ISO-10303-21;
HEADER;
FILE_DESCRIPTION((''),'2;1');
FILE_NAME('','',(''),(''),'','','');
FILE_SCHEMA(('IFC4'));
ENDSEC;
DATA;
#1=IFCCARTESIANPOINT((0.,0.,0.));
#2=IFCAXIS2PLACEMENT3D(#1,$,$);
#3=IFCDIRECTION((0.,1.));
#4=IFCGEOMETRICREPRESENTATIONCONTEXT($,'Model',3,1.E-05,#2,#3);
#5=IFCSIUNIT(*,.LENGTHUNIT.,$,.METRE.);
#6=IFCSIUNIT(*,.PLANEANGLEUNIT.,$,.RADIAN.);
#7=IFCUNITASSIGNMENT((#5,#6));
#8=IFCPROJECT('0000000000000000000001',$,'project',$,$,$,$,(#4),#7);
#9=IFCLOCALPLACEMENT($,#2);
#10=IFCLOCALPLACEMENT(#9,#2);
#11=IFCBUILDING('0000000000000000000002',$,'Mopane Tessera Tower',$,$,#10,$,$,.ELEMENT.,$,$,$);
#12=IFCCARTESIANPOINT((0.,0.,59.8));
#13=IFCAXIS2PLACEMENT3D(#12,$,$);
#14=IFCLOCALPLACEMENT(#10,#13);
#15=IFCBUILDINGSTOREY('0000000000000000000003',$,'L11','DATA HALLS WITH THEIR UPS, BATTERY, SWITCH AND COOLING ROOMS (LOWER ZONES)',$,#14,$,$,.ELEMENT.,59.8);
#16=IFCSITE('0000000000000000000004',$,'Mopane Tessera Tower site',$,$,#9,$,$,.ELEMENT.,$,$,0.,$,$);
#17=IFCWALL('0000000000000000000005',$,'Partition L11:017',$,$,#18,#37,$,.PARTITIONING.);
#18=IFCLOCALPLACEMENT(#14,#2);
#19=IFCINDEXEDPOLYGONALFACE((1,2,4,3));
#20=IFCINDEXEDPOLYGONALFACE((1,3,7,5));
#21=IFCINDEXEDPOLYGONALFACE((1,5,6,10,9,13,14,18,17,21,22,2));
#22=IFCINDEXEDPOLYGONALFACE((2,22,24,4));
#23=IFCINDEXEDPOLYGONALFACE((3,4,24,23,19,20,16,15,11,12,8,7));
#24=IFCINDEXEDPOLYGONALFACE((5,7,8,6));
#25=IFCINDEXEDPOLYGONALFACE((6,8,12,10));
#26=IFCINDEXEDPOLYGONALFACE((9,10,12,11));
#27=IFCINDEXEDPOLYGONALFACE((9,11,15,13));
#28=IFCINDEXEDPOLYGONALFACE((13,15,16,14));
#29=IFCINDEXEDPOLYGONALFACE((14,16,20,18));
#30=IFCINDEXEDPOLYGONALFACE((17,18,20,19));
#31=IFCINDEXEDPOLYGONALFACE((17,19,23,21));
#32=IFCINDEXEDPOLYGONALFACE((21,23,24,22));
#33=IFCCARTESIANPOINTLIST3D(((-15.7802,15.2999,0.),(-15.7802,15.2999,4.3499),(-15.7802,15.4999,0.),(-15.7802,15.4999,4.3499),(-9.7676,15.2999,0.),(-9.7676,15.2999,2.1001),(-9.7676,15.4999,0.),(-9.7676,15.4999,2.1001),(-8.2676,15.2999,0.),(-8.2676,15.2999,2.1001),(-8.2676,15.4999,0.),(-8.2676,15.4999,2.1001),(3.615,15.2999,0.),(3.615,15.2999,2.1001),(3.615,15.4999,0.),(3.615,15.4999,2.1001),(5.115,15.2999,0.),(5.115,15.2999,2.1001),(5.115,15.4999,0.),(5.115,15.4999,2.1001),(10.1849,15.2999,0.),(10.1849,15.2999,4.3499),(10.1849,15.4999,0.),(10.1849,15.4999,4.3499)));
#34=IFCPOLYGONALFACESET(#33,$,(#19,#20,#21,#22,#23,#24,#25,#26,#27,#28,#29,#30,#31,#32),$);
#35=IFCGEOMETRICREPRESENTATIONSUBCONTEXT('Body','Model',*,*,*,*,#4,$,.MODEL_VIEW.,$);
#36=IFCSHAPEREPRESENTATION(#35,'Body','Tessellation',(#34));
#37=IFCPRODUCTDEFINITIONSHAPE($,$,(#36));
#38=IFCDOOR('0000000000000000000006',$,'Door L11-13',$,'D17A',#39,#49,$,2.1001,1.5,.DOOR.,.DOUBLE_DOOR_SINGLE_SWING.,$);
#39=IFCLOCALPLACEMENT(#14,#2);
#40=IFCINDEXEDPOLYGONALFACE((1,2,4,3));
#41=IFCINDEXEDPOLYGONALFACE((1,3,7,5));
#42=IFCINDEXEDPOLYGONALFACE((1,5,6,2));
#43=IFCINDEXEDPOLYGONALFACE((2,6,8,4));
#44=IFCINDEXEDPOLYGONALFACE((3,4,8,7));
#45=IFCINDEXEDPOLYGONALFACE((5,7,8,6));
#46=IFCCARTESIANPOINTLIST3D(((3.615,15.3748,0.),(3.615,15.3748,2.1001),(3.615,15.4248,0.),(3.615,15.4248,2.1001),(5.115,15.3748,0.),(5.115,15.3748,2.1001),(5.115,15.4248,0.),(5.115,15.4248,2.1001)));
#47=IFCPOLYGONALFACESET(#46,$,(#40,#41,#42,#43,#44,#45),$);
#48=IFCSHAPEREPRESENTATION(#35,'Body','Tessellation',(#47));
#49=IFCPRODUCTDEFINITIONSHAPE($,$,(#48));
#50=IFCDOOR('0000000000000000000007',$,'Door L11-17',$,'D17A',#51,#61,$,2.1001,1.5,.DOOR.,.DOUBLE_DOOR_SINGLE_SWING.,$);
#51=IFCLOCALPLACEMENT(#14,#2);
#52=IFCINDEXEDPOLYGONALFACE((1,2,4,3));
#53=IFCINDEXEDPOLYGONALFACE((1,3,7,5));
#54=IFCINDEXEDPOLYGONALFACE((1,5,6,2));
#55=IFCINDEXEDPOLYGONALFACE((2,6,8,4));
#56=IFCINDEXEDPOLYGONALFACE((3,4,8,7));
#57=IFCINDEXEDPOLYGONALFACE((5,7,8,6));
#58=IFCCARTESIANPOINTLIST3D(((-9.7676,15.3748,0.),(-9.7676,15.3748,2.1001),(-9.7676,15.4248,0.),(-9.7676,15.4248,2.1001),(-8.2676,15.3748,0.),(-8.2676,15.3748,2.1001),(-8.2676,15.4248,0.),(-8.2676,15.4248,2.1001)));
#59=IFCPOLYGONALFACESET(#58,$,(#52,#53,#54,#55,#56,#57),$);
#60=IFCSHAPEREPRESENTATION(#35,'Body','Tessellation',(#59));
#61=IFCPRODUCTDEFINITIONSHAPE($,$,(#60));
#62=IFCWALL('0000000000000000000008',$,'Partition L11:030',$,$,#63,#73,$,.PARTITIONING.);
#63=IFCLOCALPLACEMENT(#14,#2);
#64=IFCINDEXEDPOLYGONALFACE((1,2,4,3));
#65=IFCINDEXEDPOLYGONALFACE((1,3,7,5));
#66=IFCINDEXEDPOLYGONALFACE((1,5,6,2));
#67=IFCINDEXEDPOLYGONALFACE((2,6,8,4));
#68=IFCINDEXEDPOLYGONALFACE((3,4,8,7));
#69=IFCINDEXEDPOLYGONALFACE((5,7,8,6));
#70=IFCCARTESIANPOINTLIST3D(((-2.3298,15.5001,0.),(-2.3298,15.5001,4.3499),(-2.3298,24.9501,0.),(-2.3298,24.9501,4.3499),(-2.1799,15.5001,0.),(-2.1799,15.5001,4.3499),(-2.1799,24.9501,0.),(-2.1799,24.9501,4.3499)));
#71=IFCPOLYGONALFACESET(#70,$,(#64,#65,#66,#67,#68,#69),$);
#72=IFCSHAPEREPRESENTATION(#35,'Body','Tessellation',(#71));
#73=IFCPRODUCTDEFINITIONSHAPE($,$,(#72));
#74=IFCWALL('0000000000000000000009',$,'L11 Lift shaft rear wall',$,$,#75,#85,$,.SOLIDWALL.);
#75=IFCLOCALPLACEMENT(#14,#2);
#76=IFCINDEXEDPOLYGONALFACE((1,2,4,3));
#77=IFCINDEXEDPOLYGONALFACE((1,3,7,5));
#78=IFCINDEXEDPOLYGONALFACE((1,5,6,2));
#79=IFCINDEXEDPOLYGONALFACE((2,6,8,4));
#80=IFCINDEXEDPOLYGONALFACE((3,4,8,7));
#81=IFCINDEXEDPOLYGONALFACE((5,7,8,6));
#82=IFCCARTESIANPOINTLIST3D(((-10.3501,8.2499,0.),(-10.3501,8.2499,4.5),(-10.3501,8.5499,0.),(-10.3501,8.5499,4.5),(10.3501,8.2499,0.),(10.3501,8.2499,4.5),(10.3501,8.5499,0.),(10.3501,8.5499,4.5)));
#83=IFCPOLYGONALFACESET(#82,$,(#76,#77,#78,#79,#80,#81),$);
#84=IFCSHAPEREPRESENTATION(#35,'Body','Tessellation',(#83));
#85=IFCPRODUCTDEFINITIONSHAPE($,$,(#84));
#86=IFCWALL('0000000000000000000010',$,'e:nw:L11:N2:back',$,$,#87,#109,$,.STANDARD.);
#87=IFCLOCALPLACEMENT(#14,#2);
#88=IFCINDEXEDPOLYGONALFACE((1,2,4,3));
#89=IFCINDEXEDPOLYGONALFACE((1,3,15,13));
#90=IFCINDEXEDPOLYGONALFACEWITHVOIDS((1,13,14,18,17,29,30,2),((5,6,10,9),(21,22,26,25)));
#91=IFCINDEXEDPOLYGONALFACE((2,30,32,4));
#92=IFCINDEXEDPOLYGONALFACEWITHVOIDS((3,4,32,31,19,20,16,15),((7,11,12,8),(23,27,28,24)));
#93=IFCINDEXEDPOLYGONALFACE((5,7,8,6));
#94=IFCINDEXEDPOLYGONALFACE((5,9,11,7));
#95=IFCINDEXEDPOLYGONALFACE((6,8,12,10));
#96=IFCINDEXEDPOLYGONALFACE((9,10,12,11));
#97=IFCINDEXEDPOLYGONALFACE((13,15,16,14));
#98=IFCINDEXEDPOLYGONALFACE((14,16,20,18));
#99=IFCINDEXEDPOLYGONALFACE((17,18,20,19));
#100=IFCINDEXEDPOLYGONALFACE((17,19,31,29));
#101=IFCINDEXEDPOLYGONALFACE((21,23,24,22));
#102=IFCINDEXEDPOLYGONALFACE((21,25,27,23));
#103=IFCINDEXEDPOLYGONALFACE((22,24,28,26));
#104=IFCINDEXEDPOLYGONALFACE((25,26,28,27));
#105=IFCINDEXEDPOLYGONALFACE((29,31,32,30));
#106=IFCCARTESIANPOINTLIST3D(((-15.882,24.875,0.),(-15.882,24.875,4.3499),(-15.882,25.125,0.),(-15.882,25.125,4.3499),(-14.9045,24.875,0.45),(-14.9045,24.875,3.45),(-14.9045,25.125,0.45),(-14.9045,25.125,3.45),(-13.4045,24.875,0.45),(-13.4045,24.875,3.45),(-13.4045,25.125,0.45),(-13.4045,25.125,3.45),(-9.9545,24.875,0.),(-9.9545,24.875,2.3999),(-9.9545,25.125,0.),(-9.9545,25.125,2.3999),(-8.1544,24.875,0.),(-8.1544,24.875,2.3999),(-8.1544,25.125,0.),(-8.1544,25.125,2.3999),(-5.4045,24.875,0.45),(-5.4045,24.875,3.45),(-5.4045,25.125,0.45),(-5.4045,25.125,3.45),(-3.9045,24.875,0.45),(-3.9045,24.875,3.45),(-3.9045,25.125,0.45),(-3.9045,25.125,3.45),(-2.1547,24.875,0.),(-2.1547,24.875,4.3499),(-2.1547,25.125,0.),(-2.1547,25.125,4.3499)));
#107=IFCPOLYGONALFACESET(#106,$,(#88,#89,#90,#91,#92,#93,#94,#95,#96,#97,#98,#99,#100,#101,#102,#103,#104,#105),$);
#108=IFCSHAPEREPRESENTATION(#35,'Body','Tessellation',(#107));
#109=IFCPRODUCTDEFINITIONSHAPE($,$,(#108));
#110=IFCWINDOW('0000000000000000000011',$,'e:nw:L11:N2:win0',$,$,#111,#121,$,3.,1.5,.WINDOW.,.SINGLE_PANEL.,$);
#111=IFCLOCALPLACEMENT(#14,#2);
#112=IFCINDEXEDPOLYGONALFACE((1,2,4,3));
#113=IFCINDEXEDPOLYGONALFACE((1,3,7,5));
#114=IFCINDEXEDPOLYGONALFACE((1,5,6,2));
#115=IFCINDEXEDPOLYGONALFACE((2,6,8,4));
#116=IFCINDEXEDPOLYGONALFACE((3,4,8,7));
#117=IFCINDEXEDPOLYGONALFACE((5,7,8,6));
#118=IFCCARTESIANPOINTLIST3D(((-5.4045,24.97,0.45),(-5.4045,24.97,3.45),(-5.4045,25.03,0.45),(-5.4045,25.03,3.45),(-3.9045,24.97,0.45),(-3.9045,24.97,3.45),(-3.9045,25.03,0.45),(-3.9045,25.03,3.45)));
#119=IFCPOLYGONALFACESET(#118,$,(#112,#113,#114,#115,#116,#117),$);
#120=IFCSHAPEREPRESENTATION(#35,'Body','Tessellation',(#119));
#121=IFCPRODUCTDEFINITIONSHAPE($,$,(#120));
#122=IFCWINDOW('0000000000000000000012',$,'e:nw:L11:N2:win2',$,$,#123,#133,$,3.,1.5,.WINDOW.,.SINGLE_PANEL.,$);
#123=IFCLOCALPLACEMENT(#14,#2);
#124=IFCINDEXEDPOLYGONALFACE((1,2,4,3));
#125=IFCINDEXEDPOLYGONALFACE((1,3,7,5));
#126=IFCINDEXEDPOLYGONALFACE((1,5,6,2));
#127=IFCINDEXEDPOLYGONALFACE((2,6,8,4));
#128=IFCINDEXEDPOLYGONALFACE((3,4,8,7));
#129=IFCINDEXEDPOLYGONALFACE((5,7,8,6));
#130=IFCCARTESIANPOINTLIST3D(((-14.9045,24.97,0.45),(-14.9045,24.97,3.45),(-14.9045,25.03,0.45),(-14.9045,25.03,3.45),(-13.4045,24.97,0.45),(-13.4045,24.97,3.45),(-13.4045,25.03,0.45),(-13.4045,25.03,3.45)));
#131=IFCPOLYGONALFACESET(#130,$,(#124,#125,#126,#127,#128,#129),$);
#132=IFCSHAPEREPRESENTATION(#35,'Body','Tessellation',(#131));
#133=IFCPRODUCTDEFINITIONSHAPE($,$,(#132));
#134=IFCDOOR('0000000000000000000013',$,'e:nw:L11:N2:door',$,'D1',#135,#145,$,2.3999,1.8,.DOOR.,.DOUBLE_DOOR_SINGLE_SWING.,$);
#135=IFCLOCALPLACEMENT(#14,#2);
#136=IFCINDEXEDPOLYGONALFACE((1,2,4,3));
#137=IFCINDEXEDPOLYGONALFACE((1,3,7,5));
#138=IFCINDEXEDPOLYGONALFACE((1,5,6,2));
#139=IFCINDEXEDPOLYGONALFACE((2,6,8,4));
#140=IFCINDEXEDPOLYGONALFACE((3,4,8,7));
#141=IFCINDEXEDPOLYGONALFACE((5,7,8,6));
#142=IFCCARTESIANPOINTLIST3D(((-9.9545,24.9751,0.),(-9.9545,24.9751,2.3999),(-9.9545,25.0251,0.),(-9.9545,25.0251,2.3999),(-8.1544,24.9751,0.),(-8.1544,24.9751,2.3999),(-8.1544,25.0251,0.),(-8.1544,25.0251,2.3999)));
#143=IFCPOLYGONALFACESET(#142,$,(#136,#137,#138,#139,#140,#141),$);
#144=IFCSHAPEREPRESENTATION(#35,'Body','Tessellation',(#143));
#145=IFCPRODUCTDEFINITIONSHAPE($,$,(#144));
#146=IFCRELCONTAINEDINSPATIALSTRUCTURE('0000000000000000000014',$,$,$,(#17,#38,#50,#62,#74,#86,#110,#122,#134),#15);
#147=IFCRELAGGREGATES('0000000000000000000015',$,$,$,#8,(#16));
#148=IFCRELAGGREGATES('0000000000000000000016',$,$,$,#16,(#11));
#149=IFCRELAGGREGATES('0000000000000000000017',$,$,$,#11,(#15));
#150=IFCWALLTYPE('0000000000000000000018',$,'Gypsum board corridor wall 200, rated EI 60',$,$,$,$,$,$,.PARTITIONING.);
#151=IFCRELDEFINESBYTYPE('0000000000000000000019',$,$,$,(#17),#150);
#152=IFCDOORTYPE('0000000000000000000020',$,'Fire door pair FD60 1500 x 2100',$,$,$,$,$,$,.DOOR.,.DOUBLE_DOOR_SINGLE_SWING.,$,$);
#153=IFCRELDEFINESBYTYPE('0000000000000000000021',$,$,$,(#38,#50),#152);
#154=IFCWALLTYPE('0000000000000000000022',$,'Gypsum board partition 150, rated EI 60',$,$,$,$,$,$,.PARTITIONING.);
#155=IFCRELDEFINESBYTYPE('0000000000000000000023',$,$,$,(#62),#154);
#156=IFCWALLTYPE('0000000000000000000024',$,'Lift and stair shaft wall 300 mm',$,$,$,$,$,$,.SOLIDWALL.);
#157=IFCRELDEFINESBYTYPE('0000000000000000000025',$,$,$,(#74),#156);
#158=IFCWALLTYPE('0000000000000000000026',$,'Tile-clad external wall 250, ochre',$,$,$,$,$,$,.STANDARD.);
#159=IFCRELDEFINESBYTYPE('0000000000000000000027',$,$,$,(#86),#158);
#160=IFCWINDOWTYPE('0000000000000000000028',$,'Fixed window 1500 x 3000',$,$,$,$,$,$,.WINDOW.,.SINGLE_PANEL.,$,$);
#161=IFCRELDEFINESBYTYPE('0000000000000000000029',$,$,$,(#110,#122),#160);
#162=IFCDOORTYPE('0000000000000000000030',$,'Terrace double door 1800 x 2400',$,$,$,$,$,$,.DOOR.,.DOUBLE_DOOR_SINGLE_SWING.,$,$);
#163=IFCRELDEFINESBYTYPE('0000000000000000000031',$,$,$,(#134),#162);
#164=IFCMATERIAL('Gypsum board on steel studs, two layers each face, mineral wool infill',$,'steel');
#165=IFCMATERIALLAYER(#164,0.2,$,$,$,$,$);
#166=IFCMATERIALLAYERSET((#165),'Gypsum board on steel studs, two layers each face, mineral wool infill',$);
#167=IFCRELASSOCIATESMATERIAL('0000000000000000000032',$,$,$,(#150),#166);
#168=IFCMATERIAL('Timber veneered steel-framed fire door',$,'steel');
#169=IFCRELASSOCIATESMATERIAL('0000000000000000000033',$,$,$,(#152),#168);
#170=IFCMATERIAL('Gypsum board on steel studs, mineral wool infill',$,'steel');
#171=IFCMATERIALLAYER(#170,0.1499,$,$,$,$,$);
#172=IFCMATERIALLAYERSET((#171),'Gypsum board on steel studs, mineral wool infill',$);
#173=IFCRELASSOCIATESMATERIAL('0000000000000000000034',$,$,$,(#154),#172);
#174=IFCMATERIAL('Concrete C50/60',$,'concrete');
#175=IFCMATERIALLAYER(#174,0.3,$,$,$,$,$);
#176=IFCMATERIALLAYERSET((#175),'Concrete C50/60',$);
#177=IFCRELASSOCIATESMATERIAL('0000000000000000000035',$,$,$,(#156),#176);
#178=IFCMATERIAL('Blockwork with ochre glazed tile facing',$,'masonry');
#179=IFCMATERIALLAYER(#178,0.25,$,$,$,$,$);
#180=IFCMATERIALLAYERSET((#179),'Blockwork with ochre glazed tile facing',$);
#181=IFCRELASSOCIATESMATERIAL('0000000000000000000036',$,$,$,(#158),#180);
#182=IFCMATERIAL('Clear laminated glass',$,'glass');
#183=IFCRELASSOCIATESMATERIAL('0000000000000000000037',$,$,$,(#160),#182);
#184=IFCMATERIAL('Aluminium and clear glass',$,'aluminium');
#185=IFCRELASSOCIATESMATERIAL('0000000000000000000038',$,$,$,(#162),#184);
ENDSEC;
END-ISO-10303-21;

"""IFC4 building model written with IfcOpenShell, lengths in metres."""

from ifc_helpers import new_model, si_unit, direction, frame, frame_2d, origin, place, context, subcontext, project, spatial, rectangle, extrude, material, layer, layer_set, type_object, element, fill, save


model = new_model("IFC4")

# Units and contexts
model_context = context("Model", 3, precision=1e-05, world=origin(), true_north=direction((0.0, 1.0)))
body_context = subcontext(model_context, "Body", "Model", "MODEL_VIEW")
ifc_project = project(units=[si_unit("LENGTHUNIT", "METRE"), si_unit("PLANEANGLEUNIT", "RADIAN")], contexts=[model_context])

# Site, building, storey
site_placement = place(None, origin())
site = spatial("IfcSite", under=ifc_project, at=site_placement, Name="Mopane Tessera Tower site", CompositionType="ELEMENT", RefElevation=0.0)
building_placement = place(site_placement, origin())
building = spatial("IfcBuilding", under=site, at=building_placement, Name="Mopane Tessera Tower", CompositionType="ELEMENT")
storey_placement = place(building_placement, frame((0.0, 0.0, 59.8)))
storey = spatial("IfcBuildingStorey", under=building, at=storey_placement, Name="L11", Description="DATA HALLS WITH THEIR UPS, BATTERY, SWITCH AND COOLING ROOMS (LOWER ZONES)", CompositionType="ELEMENT", Elevation=59.8)

# Wall, openings, doors
ifc_material_1 = material(Name="Gypsum board on steel studs, two layers each face, mineral wool infill", Category="steel")
ifc_layer_1 = layer(ifc_material_1, 0.2)
ifc_layer_set_1 = layer_set([ifc_layer_1], Name="Gypsum board on steel studs, two layers each face, mineral wool infill")
wall_type_1 = type_object("IfcWallType", Name="Gypsum board corridor wall 200, rated EI 60", PredefinedType="PARTITIONING", material=ifc_layer_set_1)
wall_1_placement = place(storey_placement, frame((-15.78, 15.3999, 0.0), z_axis=(0.0, 0.0, 1.0), x_axis=(1.0, 0.0, 0.0)))
wall_1 = element("IfcWall", 1, at=wall_1_placement, inside=storey, type_object=wall_type_1, Name="Partition L11:017", PredefinedType="PARTITIONING", context=body_context, shape_type="SweptSolid", body=[
    extrude(rectangle(XDim=25.9651, YDim=0.2, at=frame_2d((12.9824, 0.0))), origin(), (0.0, 0.0, 1.0), 4.3499),
])
opening_1_placement = place(wall_1_placement, frame((19.395, 0.0, 0.0)))
opening_1 = element("IfcOpeningElement", 2, at=opening_1_placement, cuts=wall_1, PredefinedType="OPENING", context=body_context, shape_type="SweptSolid", body=[
    extrude(rectangle(XDim=1.5, YDim=2.1001, at=frame_2d((0.75, 1.05))), frame((0.0, 0.1121, 0.0), z_axis=(0.0, -1.0, 0.0), x_axis=(1.0, 0.0, 0.0)), (0.0, 0.0, 1.0), 0.2239),
])
opening_2_placement = place(wall_1_placement, frame((6.0125, 0.0, 0.0)))
opening_2 = element("IfcOpeningElement", 3, at=opening_2_placement, cuts=wall_1, PredefinedType="OPENING", context=body_context, shape_type="SweptSolid", body=[
    extrude(rectangle(XDim=1.5, YDim=2.1001, at=frame_2d((0.75, 1.05))), frame((0.0, 0.1121, 0.0), z_axis=(0.0, -1.0, 0.0), x_axis=(1.0, 0.0, 0.0)), (0.0, 0.0, 1.0), 0.2239),
])
ifc_material_2 = material(Name="Timber veneered steel-framed fire door", Category="steel")
door_type_1 = type_object("IfcDoorType", Name="Fire door pair FD60 1500 x 2100", OperationType="DOUBLE_DOOR_SINGLE_SWING", PredefinedType="DOOR", material=ifc_material_2)
door_1_placement = place(opening_1_placement, origin())
door_1 = element("IfcDoor", 4, at=door_1_placement, inside=storey, type_object=door_type_1, Name="Door L11-13", ObjectType="D17A", OperationType="DOUBLE_DOOR_SINGLE_SWING", OverallHeight=2.1001, OverallWidth=1.5, PredefinedType="DOOR", context=body_context, shape_type="SweptSolid", body=[
    extrude(rectangle(XDim=1.5, YDim=2.1001, at=frame_2d((0.75, 1.05))), frame((0.0, 0.0249, 0.0), z_axis=(0.0, -1.0, 0.0), x_axis=(1.0, 0.0, 0.0)), (0.0, 0.0, 1.0), 0.05),
])
fill(opening_1, door_1)
door_2_placement = place(opening_2_placement, origin())
door_2 = element("IfcDoor", 5, at=door_2_placement, inside=storey, type_object=door_type_1, Name="Door L11-17", ObjectType="D17A", OperationType="DOUBLE_DOOR_SINGLE_SWING", OverallHeight=2.1001, OverallWidth=1.5, PredefinedType="DOOR", context=body_context, shape_type="SweptSolid", body=[
    extrude(rectangle(XDim=1.5, YDim=2.1001, at=frame_2d((0.75, 1.05))), frame((0.0, 0.0249, 0.0), z_axis=(0.0, -1.0, 0.0), x_axis=(1.0, 0.0, 0.0)), (0.0, 0.0, 1.0), 0.05),
])
fill(opening_2, door_2)

# Walls
ifc_material_3 = material(Name="Gypsum board on steel studs, mineral wool infill", Category="steel")
ifc_layer_2 = layer(ifc_material_3, 0.1499)
ifc_layer_set_2 = layer_set([ifc_layer_2], Name="Gypsum board on steel studs, mineral wool infill")
wall_type_2 = type_object("IfcWallType", Name="Gypsum board partition 150, rated EI 60", PredefinedType="PARTITIONING", material=ifc_layer_set_2)
wall_2_placement = place(storey_placement, frame((-2.2549, 15.5, 0.0), z_axis=(0.0, 0.0, 1.0), x_axis=(0.0, 1.0, 0.0)))
element("IfcWall", 6, at=wall_2_placement, inside=storey, type_object=wall_type_2, Name="Partition L11:030", PredefinedType="PARTITIONING", context=body_context, shape_type="SweptSolid", body=[
    extrude(rectangle(XDim=9.45, YDim=0.1499, at=frame_2d((4.7251, 0.0))), origin(), (0.0, 0.0, 1.0), 4.3499),
])
ifc_material_4 = material(Name="Concrete C50/60", Category="concrete")
ifc_layer_3 = layer(ifc_material_4, 0.3)
ifc_layer_set_3 = layer_set([ifc_layer_3], Name="Concrete C50/60")
wall_type_3 = type_object("IfcWallType", Name="Lift and stair shaft wall 300 mm", PredefinedType="SOLIDWALL", material=ifc_layer_set_3)
wall_3_placement = place(storey_placement, frame((-10.3501, 8.3999, 0.0), z_axis=(0.0, 0.0, 1.0), x_axis=(1.0, 0.0, 0.0)))
element("IfcWall", 7, at=wall_3_placement, inside=storey, type_object=wall_type_3, Name="L11 Lift shaft rear wall", PredefinedType="SOLIDWALL", context=body_context, shape_type="SweptSolid", body=[
    extrude(rectangle(XDim=20.7002, YDim=0.3, at=frame_2d((10.3501, 0.0))), origin(), (0.0, 0.0, 1.0), 4.5),
])

# Wall, openings, windows, door
ifc_material_5 = material(Name="Blockwork with ochre glazed tile facing", Category="masonry")
ifc_layer_4 = layer(ifc_material_5, 0.25)
ifc_layer_set_4 = layer_set([ifc_layer_4], Name="Blockwork with ochre glazed tile facing")
wall_type_4 = type_object("IfcWallType", Name="Tile-clad external wall 250, ochre", PredefinedType="STANDARD", material=ifc_layer_set_4)
wall_4_placement = place(storey_placement, frame((-2.1545, 25.0, 0.0), z_axis=(0.0, 0.0, 1.0), x_axis=(-1.0, 0.0, 0.0)))
wall_4 = element("IfcWall", 8, at=wall_4_placement, inside=storey, type_object=wall_type_4, Name="e:nw:L11:N2:back", PredefinedType="STANDARD", context=body_context, shape_type="SweptSolid", body=[
    extrude(rectangle(XDim=13.7273, YDim=0.25, at=frame_2d((6.8638, 0.0))), origin(), (0.0, 0.0, 1.0), 4.3499),
])
opening_3_placement = place(wall_4_placement, frame((1.75, 0.0, 0.45)))
opening_3 = element("IfcOpeningElement", 9, at=opening_3_placement, cuts=wall_4, PredefinedType="OPENING", context=body_context, shape_type="SweptSolid", body=[
    extrude(rectangle(XDim=1.5, YDim=3.0, at=frame_2d((0.75, 1.5))), frame((0.0, 0.137, 0.0), z_axis=(0.0, -1.0, 0.0), x_axis=(1.0, 0.0, 0.0)), (0.0, 0.0, 1.0), 0.2739),
])
opening_4_placement = place(wall_4_placement, frame((6.0, 0.0, 0.0)))
opening_4 = element("IfcOpeningElement", 10, at=opening_4_placement, cuts=wall_4, PredefinedType="OPENING", context=body_context, shape_type="SweptSolid", body=[
    extrude(rectangle(XDim=1.8, YDim=2.3999, at=frame_2d((0.8999, 1.2))), frame((0.0, 0.137, 0.0), z_axis=(0.0, -1.0, 0.0), x_axis=(1.0, 0.0, 0.0)), (0.0, 0.0, 1.0), 0.2739),
])
opening_5_placement = place(wall_4_placement, frame((11.25, 0.0, 0.45)))
opening_5 = element("IfcOpeningElement", 11, at=opening_5_placement, cuts=wall_4, PredefinedType="OPENING", context=body_context, shape_type="SweptSolid", body=[
    extrude(rectangle(XDim=1.5, YDim=3.0, at=frame_2d((0.75, 1.5))), frame((0.0, 0.137, 0.0), z_axis=(0.0, -1.0, 0.0), x_axis=(1.0, 0.0, 0.0)), (0.0, 0.0, 1.0), 0.2739),
])
ifc_material_6 = material(Name="Clear laminated glass", Category="glass")
window_type = type_object("IfcWindowType", Name="Fixed window 1500 x 3000", PartitioningType="SINGLE_PANEL", PredefinedType="WINDOW", material=ifc_material_6)
window_1_placement = place(opening_3_placement, origin())
window_1 = element("IfcWindow", 12, at=window_1_placement, inside=storey, type_object=window_type, Name="e:nw:L11:N2:win0", OverallHeight=3.0, OverallWidth=1.5, PartitioningType="SINGLE_PANEL", PredefinedType="WINDOW", context=body_context, shape_type="SweptSolid", body=[
    extrude(rectangle(XDim=1.5, YDim=3.0, at=frame_2d((0.75, 1.5))), frame((0.0, 0.03, 0.0), z_axis=(0.0, -1.0, 0.0), x_axis=(1.0, 0.0, 0.0)), (0.0, 0.0, 1.0), 0.0601),
])
fill(opening_3, window_1)
window_2_placement = place(opening_5_placement, origin())
window_2 = element("IfcWindow", 13, at=window_2_placement, inside=storey, type_object=window_type, Name="e:nw:L11:N2:win2", OverallHeight=3.0, OverallWidth=1.5, PartitioningType="SINGLE_PANEL", PredefinedType="WINDOW", context=body_context, shape_type="SweptSolid", body=[
    extrude(rectangle(XDim=1.5, YDim=3.0, at=frame_2d((0.75, 1.5))), frame((0.0, 0.03, 0.0), z_axis=(0.0, -1.0, 0.0), x_axis=(1.0, 0.0, 0.0)), (0.0, 0.0, 1.0), 0.0601),
])
fill(opening_5, window_2)
ifc_material_7 = material(Name="Aluminium and clear glass", Category="aluminium")
door_type_2 = type_object("IfcDoorType", Name="Terrace double door 1800 x 2400", OperationType="DOUBLE_DOOR_SINGLE_SWING", PredefinedType="DOOR", material=ifc_material_7)
door_3_placement = place(opening_4_placement, origin())
door_3 = element("IfcDoor", 14, at=door_3_placement, inside=storey, type_object=door_type_2, Name="e:nw:L11:N2:door", ObjectType="D1", OperationType="DOUBLE_DOOR_SINGLE_SWING", OverallHeight=2.3999, OverallWidth=1.8, PredefinedType="DOOR", context=body_context, shape_type="SweptSolid", body=[
    extrude(rectangle(XDim=1.8, YDim=2.3999, at=frame_2d((0.8999, 1.2))), frame((0.0, 0.0249, 0.0), z_axis=(0.0, -1.0, 0.0), x_axis=(1.0, 0.0, 0.0)), (0.0, 0.0, 1.0), 0.05),
])
fill(opening_4, door_3)

save(model, "model.ifc")
